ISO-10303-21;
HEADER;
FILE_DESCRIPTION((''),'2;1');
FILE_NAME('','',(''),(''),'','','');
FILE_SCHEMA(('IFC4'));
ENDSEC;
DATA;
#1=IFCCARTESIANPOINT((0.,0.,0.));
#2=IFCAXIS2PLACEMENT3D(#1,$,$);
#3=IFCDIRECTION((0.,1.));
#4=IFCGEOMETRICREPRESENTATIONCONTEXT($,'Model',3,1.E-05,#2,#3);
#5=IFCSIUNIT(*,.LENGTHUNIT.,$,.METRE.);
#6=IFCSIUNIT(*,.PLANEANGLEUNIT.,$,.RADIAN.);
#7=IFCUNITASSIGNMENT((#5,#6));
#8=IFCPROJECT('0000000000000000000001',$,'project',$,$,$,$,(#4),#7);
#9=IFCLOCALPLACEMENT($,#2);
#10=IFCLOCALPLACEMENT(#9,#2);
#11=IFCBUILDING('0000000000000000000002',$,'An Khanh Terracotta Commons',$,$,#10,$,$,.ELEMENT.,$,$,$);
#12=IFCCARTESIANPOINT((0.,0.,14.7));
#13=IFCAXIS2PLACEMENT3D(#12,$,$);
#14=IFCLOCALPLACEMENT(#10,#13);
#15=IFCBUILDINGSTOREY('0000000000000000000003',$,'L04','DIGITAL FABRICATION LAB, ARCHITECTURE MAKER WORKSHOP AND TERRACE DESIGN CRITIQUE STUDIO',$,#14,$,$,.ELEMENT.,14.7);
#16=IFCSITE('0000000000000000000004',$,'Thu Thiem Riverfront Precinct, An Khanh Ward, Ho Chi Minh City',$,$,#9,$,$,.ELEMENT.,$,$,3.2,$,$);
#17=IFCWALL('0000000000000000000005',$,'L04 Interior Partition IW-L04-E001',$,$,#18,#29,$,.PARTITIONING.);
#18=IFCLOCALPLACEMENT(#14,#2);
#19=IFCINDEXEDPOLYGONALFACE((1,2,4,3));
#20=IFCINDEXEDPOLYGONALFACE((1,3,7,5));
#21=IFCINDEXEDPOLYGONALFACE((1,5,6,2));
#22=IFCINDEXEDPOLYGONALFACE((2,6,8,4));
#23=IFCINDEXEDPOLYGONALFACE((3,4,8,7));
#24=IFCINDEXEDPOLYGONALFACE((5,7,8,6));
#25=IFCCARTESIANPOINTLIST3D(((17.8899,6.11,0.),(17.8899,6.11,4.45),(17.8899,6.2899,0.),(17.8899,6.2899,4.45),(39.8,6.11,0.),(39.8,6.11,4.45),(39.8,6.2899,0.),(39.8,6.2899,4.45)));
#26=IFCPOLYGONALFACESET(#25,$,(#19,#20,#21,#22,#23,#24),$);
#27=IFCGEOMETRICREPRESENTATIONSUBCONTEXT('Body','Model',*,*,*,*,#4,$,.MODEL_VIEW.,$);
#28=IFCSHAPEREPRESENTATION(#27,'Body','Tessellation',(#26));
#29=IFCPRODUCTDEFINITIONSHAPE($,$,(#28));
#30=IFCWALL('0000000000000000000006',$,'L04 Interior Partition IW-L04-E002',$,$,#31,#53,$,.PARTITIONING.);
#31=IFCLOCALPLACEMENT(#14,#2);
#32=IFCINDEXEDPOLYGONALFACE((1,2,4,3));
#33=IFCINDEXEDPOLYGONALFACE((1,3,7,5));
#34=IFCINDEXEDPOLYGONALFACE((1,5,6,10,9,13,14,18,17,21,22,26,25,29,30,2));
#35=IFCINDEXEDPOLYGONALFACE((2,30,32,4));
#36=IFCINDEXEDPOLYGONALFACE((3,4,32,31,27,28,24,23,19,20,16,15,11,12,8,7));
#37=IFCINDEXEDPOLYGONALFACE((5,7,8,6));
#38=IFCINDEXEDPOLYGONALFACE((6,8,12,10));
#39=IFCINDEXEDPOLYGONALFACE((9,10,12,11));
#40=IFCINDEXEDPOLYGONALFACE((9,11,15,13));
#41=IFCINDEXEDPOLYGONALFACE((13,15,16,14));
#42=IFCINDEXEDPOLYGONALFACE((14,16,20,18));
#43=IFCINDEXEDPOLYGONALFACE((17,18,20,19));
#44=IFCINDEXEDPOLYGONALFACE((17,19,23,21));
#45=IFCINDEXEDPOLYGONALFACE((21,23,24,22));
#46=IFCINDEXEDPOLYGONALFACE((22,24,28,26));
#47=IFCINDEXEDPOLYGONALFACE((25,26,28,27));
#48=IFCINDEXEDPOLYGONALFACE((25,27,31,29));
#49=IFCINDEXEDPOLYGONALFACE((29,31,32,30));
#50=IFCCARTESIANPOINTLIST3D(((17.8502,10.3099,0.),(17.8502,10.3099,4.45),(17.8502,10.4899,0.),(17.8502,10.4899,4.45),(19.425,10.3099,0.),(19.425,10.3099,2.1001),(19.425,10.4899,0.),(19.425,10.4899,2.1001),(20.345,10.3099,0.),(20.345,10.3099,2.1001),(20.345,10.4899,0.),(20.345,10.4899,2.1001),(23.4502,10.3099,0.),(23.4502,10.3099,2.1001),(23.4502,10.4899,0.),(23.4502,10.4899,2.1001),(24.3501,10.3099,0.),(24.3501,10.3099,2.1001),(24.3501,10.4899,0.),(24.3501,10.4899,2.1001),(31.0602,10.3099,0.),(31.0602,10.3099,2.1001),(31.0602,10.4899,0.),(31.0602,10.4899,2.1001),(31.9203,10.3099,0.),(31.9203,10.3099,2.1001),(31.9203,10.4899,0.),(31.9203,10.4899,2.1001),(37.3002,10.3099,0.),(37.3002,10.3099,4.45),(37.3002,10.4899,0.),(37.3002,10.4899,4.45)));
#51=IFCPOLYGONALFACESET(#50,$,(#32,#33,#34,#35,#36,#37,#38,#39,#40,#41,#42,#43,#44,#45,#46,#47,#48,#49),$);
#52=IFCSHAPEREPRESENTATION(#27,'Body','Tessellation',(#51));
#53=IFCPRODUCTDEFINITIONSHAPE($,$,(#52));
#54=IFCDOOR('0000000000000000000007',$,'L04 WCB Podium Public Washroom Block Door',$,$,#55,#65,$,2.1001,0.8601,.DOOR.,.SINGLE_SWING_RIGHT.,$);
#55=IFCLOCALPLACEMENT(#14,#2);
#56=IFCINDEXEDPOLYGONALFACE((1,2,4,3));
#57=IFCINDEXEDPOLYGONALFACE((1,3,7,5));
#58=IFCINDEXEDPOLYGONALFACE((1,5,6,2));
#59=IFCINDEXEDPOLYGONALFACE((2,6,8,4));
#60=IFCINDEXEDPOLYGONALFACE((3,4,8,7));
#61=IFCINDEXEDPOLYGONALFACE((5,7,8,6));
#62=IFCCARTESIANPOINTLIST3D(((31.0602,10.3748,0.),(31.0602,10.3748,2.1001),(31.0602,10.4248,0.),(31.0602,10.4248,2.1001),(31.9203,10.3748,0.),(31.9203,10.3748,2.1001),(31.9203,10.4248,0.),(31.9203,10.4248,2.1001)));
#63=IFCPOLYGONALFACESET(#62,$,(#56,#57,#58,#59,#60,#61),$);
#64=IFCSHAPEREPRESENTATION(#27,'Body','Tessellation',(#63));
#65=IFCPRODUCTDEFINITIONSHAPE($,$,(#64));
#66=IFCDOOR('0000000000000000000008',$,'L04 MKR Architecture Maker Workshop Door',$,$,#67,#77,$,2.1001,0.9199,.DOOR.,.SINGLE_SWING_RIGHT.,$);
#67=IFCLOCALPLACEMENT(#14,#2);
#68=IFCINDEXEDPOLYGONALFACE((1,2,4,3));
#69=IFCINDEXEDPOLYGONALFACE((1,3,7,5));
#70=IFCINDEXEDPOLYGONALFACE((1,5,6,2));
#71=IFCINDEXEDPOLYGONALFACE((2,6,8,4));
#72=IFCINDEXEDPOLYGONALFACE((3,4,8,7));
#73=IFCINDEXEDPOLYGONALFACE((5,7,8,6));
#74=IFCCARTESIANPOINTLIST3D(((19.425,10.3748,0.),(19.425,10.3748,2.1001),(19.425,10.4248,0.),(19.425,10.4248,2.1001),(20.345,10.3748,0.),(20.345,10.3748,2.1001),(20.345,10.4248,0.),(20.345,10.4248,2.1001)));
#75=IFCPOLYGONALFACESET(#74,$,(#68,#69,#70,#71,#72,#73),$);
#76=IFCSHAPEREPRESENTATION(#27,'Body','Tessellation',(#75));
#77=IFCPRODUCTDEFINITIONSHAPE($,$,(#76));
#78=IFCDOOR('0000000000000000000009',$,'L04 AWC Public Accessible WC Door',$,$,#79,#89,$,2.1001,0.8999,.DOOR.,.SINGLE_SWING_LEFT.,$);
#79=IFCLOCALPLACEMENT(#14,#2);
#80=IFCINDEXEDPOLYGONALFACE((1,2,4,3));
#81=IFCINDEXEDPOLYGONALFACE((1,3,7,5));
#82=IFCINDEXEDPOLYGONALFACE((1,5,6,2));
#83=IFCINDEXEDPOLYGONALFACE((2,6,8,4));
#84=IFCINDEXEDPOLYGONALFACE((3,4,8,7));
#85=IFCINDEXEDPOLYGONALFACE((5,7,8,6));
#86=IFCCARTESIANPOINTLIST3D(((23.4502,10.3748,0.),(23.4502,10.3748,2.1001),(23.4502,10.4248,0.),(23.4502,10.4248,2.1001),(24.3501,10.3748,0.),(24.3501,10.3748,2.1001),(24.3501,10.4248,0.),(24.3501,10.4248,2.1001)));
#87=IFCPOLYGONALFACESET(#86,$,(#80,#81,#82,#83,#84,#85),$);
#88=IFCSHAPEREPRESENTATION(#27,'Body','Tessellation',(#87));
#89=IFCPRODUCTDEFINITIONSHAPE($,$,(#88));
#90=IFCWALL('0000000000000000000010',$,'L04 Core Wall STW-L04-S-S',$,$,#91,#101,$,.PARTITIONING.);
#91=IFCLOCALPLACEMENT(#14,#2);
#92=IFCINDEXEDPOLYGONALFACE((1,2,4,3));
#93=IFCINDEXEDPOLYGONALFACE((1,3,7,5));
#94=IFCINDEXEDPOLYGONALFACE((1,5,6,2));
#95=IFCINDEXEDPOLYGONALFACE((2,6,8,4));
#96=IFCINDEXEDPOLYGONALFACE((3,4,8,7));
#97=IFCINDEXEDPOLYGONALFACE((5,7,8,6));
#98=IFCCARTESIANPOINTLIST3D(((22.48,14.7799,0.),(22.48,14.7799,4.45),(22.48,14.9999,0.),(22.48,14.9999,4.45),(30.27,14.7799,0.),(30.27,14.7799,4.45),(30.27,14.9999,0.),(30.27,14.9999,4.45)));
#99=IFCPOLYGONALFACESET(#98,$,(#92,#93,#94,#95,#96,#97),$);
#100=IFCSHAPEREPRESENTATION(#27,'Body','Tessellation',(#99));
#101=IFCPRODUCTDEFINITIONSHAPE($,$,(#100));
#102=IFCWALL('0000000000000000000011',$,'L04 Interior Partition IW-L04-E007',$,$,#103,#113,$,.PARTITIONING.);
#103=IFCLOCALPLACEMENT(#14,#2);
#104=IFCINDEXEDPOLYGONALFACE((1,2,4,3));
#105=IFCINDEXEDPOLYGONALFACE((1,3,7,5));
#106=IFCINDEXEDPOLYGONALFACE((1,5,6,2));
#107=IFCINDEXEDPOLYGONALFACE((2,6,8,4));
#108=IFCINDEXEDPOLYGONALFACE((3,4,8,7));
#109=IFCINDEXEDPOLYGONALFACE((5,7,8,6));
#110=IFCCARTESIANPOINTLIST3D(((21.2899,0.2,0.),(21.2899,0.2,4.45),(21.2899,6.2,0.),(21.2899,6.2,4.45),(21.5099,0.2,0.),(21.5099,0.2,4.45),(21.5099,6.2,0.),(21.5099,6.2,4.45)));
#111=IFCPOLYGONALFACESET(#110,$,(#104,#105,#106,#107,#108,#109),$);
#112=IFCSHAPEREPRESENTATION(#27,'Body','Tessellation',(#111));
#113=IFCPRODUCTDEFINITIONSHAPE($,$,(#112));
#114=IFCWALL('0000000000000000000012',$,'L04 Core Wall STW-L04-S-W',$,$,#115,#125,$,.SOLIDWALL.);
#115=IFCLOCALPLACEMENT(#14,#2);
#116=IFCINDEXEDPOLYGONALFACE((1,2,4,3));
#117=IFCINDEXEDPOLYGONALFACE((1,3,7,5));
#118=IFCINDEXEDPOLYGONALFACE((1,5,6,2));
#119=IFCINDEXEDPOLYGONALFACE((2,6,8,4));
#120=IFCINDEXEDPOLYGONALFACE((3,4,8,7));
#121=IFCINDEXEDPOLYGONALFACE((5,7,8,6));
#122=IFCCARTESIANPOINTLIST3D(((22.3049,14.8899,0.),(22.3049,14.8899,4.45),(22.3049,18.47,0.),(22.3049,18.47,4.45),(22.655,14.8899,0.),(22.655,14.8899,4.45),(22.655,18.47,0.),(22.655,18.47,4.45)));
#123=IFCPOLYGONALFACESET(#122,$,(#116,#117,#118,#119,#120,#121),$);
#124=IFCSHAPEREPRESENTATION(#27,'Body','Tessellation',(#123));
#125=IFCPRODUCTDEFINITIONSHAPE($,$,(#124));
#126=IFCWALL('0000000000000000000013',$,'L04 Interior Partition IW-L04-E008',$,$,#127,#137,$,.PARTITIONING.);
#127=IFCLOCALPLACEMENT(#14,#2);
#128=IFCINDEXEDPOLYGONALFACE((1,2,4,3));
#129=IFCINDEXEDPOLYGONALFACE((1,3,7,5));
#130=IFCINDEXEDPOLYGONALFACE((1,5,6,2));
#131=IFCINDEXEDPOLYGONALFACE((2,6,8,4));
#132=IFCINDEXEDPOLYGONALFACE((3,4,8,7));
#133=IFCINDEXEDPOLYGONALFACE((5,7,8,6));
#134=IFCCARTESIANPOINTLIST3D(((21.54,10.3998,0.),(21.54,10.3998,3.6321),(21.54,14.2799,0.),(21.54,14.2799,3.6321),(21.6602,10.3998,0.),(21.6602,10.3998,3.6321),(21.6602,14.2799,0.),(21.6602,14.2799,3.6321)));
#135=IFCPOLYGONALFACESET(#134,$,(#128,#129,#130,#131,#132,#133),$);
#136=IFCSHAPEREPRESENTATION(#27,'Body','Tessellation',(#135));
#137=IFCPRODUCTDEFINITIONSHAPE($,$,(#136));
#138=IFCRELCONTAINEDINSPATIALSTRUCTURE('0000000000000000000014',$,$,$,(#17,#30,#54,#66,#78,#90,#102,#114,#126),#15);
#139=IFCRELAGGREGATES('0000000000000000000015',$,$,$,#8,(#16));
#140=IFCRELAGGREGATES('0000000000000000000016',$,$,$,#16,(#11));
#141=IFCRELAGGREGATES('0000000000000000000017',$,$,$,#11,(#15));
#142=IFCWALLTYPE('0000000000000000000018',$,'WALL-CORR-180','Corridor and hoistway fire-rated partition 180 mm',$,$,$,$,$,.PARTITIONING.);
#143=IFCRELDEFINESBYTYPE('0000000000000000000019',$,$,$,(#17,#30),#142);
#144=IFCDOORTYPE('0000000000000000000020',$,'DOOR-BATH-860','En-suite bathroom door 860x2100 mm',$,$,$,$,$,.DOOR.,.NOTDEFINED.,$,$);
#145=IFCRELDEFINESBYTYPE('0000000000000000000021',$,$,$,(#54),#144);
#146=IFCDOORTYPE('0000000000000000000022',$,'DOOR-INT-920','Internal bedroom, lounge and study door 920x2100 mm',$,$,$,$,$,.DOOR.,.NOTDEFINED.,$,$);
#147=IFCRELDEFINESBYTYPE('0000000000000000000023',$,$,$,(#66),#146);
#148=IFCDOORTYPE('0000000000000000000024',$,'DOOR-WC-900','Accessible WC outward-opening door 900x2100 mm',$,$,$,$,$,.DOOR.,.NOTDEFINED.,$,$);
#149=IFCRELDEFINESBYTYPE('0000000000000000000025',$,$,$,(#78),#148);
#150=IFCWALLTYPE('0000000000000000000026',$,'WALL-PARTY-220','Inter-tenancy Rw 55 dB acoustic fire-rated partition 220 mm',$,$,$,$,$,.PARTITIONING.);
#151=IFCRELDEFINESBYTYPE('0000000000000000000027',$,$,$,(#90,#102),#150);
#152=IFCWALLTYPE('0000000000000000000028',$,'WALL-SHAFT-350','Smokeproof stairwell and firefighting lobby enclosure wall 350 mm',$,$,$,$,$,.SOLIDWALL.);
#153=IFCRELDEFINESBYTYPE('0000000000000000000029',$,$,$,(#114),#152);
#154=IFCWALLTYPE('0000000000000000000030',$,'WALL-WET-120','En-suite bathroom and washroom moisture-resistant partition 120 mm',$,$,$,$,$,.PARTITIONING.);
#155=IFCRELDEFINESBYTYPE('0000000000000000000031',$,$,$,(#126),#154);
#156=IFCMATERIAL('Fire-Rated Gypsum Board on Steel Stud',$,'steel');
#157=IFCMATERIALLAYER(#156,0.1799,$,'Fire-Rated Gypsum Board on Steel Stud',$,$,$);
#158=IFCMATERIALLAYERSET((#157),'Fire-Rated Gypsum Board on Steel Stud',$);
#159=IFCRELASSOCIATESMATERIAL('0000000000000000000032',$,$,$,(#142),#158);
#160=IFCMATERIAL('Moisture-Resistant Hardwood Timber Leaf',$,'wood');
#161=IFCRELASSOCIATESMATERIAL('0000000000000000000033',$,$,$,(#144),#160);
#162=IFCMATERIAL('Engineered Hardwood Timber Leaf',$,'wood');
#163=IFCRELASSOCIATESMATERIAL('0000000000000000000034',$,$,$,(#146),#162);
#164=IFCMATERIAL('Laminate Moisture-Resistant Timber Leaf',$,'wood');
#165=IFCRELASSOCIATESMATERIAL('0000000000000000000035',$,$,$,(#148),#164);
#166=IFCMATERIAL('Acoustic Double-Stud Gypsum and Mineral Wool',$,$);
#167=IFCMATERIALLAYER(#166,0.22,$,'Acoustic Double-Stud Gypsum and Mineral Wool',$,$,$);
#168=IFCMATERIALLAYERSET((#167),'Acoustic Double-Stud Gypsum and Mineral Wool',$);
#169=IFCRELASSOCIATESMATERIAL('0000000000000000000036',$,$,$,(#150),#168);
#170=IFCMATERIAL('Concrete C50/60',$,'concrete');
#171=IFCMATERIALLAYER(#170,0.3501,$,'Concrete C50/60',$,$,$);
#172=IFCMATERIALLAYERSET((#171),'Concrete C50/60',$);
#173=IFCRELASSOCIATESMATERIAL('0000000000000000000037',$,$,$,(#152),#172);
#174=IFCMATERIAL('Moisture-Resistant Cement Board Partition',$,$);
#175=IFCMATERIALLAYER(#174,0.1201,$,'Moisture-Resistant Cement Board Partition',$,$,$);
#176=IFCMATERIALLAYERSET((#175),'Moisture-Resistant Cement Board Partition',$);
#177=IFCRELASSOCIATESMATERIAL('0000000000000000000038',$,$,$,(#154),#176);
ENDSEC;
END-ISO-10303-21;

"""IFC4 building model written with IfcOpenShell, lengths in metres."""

from ifc_helpers import new_model, si_unit, direction, frame, frame_2d, origin, place, context, subcontext, project, spatial, rectangle, extrude, material, layer, layer_set, type_object, element, fill, save


model = new_model("IFC4")

# Units and contexts
model_context = context("Model", 3, precision=1e-05, world=origin(), true_north=direction((0.0, 1.0)))
body_context = subcontext(model_context, "Body", "Model", "MODEL_VIEW")
ifc_project = project(units=[si_unit("LENGTHUNIT", "METRE"), si_unit("PLANEANGLEUNIT", "RADIAN")], contexts=[model_context])

# Site, building, storey
site_placement = place(None, origin())
site = spatial("IfcSite", under=ifc_project, at=site_placement, Name="Thu Thiem Riverfront Precinct, An Khanh Ward, Ho Chi Minh City", CompositionType="ELEMENT", RefElevation=3.2)
building_placement = place(site_placement, origin())
building = spatial("IfcBuilding", under=site, at=building_placement, Name="An Khanh Terracotta Commons", CompositionType="ELEMENT")
storey_placement = place(building_placement, frame((0.0, 0.0, 14.7)))
storey = spatial("IfcBuildingStorey", under=building, at=storey_placement, Name="L04", Description="DIGITAL FABRICATION LAB, ARCHITECTURE MAKER WORKSHOP AND TERRACE DESIGN CRITIQUE STUDIO", CompositionType="ELEMENT", Elevation=14.7)

# Shared definitions
ifc_material_1 = material(Name="Concrete C50/60", Category="concrete")

# Wall
ifc_material_2 = material(Name="Fire-Rated Gypsum Board on Steel Stud", Category="steel")
ifc_layer_1 = layer(ifc_material_2, 0.1799, Name="Fire-Rated Gypsum Board on Steel Stud")
ifc_layer_set_1 = layer_set([ifc_layer_1], Name="Fire-Rated Gypsum Board on Steel Stud")
wall_type_1 = type_object("IfcWallType", Name="WALL-CORR-180", Description="Corridor and hoistway fire-rated partition 180 mm", PredefinedType="PARTITIONING", material=ifc_layer_set_1)
wall_1_placement = place(storey_placement, frame((17.8899, 6.2, 0.0), z_axis=(0.0, 0.0, 1.0), x_axis=(1.0, 0.0, 0.0)))
element("IfcWall", 1, at=wall_1_placement, inside=storey, type_object=wall_type_1, Name="L04 Interior Partition IW-L04-E001", PredefinedType="PARTITIONING", context=body_context, shape_type="SweptSolid", body=[
    extrude(rectangle(XDim=21.9102, YDim=0.1799, at=frame_2d((10.9551, 0.0))), origin(), (0.0, 0.0, 1.0), 4.45),
])

# Wall, openings, doors
wall_2_placement = place(storey_placement, frame((17.8501, 10.3999, 0.0), z_axis=(0.0, 0.0, 1.0), x_axis=(1.0, 0.0, 0.0)))
wall_2 = element("IfcWall", 2, at=wall_2_placement, inside=storey, type_object=wall_type_1, Name="L04 Interior Partition IW-L04-E002", PredefinedType="PARTITIONING", context=body_context, shape_type="SweptSolid", body=[
    extrude(rectangle(XDim=19.45, YDim=0.1799, at=frame_2d((9.7251, 0.0))), origin(), (0.0, 0.0, 1.0), 4.45),
])
opening_1_placement = place(wall_2_placement, frame((1.575, 0.0, 0.0)))
opening_1 = element("IfcOpeningElement", 3, at=opening_1_placement, cuts=wall_2, PredefinedType="OPENING", context=body_context, shape_type="SweptSolid", body=[
    extrude(rectangle(XDim=0.9199, YDim=2.1001, at=frame_2d((0.46, 1.05))), frame((0.0, 0.0999, 0.0), z_axis=(0.0, -1.0, 0.0), x_axis=(1.0, 0.0, 0.0)), (0.0, 0.0, 1.0), 0.2),
])
opening_2_placement = place(wall_2_placement, frame((5.6001, 0.0, 0.0)))
opening_2 = element("IfcOpeningElement", 4, at=opening_2_placement, cuts=wall_2, PredefinedType="OPENING", context=body_context, shape_type="SweptSolid", body=[
    extrude(rectangle(XDim=0.8999, YDim=2.1001, at=frame_2d((0.45, 1.05))), frame((0.0, 0.0999, 0.0), z_axis=(0.0, -1.0, 0.0), x_axis=(1.0, 0.0, 0.0)), (0.0, 0.0, 1.0), 0.2),
])
opening_3_placement = place(wall_2_placement, frame((13.21, 0.0, 0.0)))
opening_3 = element("IfcOpeningElement", 5, at=opening_3_placement, cuts=wall_2, PredefinedType="OPENING", context=body_context, shape_type="SweptSolid", body=[
    extrude(rectangle(XDim=0.8601, YDim=2.1001, at=frame_2d((0.4302, 1.05))), frame((0.0, 0.0999, 0.0), z_axis=(0.0, -1.0, 0.0), x_axis=(1.0, 0.0, 0.0)), (0.0, 0.0, 1.0), 0.2),
])
ifc_material_3 = material(Name="Moisture-Resistant Hardwood Timber Leaf", Category="wood")
door_type_1 = type_object("IfcDoorType", Name="DOOR-BATH-860", Description="En-suite bathroom door 860x2100 mm", OperationType="NOTDEFINED", PredefinedType="DOOR", material=ifc_material_3)
door_1_placement = place(opening_3_placement, origin())
door_1 = element("IfcDoor", 6, at=door_1_placement, inside=storey, type_object=door_type_1, Name="L04 WCB Podium Public Washroom Block Door", OperationType="SINGLE_SWING_RIGHT", OverallHeight=2.1001, OverallWidth=0.8601, PredefinedType="DOOR", context=body_context, shape_type="SweptSolid", body=[
    extrude(rectangle(XDim=0.8601, YDim=2.1001, at=frame_2d((0.4302, 1.05))), frame((0.0, 0.0249, 0.0), z_axis=(0.0, -1.0, 0.0), x_axis=(1.0, 0.0, 0.0)), (0.0, 0.0, 1.0), 0.05),
])
fill(opening_3, door_1)
ifc_material_4 = material(Name="Engineered Hardwood Timber Leaf", Category="wood")
door_type_2 = type_object("IfcDoorType", Name="DOOR-INT-920", Description="Internal bedroom, lounge and study door 920x2100 mm", OperationType="NOTDEFINED", PredefinedType="DOOR", material=ifc_material_4)
door_2_placement = place(opening_1_placement, origin())
door_2 = element("IfcDoor", 7, at=door_2_placement, inside=storey, type_object=door_type_2, Name="L04 MKR Architecture Maker Workshop Door", OperationType="SINGLE_SWING_RIGHT", OverallHeight=2.1001, OverallWidth=0.9199, PredefinedType="DOOR", context=body_context, shape_type="SweptSolid", body=[
    extrude(rectangle(XDim=0.9199, YDim=2.1001, at=frame_2d((0.46, 1.05))), frame((0.0, 0.0249, 0.0), z_axis=(0.0, -1.0, 0.0), x_axis=(1.0, 0.0, 0.0)), (0.0, 0.0, 1.0), 0.05),
])
fill(opening_1, door_2)
ifc_material_5 = material(Name="Laminate Moisture-Resistant Timber Leaf", Category="wood")
door_type_3 = type_object("IfcDoorType", Name="DOOR-WC-900", Description="Accessible WC outward-opening door 900x2100 mm", OperationType="NOTDEFINED", PredefinedType="DOOR", material=ifc_material_5)
door_3_placement = place(opening_2_placement, origin())
door_3 = element("IfcDoor", 8, at=door_3_placement, inside=storey, type_object=door_type_3, Name="L04 AWC Public Accessible WC Door", OperationType="SINGLE_SWING_LEFT", OverallHeight=2.1001, OverallWidth=0.8999, PredefinedType="DOOR", context=body_context, shape_type="SweptSolid", body=[
    extrude(rectangle(XDim=0.8999, YDim=2.1001, at=frame_2d((0.45, 1.05))), frame((0.0, 0.0249, 0.0), z_axis=(0.0, -1.0, 0.0), x_axis=(1.0, 0.0, 0.0)), (0.0, 0.0, 1.0), 0.05),
])
fill(opening_2, door_3)

# Walls
ifc_material_6 = material(Name="Acoustic Double-Stud Gypsum and Mineral Wool")
ifc_layer_2 = layer(ifc_material_6, 0.22, Name="Acoustic Double-Stud Gypsum and Mineral Wool")
ifc_layer_set_2 = layer_set([ifc_layer_2], Name="Acoustic Double-Stud Gypsum and Mineral Wool")
wall_type_2 = type_object("IfcWallType", Name="WALL-PARTY-220", Description="Inter-tenancy Rw 55 dB acoustic fire-rated partition 220 mm", PredefinedType="PARTITIONING", material=ifc_layer_set_2)
wall_3_placement = place(storey_placement, frame((22.48, 14.8899, 0.0), z_axis=(0.0, 0.0, 1.0), x_axis=(1.0, 0.0, 0.0)))
element("IfcWall", 9, at=wall_3_placement, inside=storey, type_object=wall_type_2, Name="L04 Core Wall STW-L04-S-S", PredefinedType="PARTITIONING", context=body_context, shape_type="SweptSolid", body=[
    extrude(rectangle(XDim=7.79, YDim=0.22, at=frame_2d((3.895, 0.0))), origin(), (0.0, 0.0, 1.0), 4.45),
])
wall_4_placement = place(storey_placement, frame((21.3999, 0.2, 0.0), z_axis=(0.0, 0.0, 1.0), x_axis=(0.0, 1.0, 0.0)))
element("IfcWall", 10, at=wall_4_placement, inside=storey, type_object=wall_type_2, Name="L04 Interior Partition IW-L04-E007", PredefinedType="PARTITIONING", context=body_context, shape_type="SweptSolid", body=[
    extrude(rectangle(XDim=6.0, YDim=0.22, at=frame_2d((3.0, 0.0))), origin(), (0.0, 0.0, 1.0), 4.45),
])

# Shared definitions
ifc_layer_3 = layer(ifc_material_1, 0.3501, Name="Concrete C50/60")
ifc_layer_set_3 = layer_set([ifc_layer_3], Name="Concrete C50/60")
wall_type_3 = type_object("IfcWallType", Name="WALL-SHAFT-350", Description="Smokeproof stairwell and firefighting lobby enclosure wall 350 mm", PredefinedType="SOLIDWALL", material=ifc_layer_set_3)

# Walls
wall_5_placement = place(storey_placement, frame((22.48, 14.8899, 0.0), z_axis=(0.0, 0.0, 1.0), x_axis=(0.0, 1.0, 0.0)))
element("IfcWall", 11, at=wall_5_placement, inside=storey, type_object=wall_type_3, Name="L04 Core Wall STW-L04-S-W", PredefinedType="SOLIDWALL", context=body_context, shape_type="SweptSolid", body=[
    extrude(rectangle(XDim=3.5801, YDim=0.3501, at=frame_2d((1.79, 0.0))), origin(), (0.0, 0.0, 1.0), 4.45),
])
ifc_material_7 = material(Name="Moisture-Resistant Cement Board Partition")
ifc_layer_4 = layer(ifc_material_7, 0.1201, Name="Moisture-Resistant Cement Board Partition")
ifc_layer_set_4 = layer_set([ifc_layer_4], Name="Moisture-Resistant Cement Board Partition")
wall_type_4 = type_object("IfcWallType", Name="WALL-WET-120", Description="En-suite bathroom and washroom moisture-resistant partition 120 mm", PredefinedType="PARTITIONING", material=ifc_layer_set_4)
wall_6_placement = place(storey_placement, frame((21.6001, 10.3999, 0.0), z_axis=(0.0, 0.0, 1.0), x_axis=(0.0, 1.0, 0.0)))
element("IfcWall", 12, at=wall_6_placement, inside=storey, type_object=wall_type_4, Name="L04 Interior Partition IW-L04-E008", PredefinedType="PARTITIONING", context=body_context, shape_type="SweptSolid", body=[
    extrude(rectangle(XDim=3.8801, YDim=0.1201, at=frame_2d((1.9399, 0.0))), origin(), (0.0, 0.0, 1.0), 3.6321),
])

save(model, "model.ifc")
